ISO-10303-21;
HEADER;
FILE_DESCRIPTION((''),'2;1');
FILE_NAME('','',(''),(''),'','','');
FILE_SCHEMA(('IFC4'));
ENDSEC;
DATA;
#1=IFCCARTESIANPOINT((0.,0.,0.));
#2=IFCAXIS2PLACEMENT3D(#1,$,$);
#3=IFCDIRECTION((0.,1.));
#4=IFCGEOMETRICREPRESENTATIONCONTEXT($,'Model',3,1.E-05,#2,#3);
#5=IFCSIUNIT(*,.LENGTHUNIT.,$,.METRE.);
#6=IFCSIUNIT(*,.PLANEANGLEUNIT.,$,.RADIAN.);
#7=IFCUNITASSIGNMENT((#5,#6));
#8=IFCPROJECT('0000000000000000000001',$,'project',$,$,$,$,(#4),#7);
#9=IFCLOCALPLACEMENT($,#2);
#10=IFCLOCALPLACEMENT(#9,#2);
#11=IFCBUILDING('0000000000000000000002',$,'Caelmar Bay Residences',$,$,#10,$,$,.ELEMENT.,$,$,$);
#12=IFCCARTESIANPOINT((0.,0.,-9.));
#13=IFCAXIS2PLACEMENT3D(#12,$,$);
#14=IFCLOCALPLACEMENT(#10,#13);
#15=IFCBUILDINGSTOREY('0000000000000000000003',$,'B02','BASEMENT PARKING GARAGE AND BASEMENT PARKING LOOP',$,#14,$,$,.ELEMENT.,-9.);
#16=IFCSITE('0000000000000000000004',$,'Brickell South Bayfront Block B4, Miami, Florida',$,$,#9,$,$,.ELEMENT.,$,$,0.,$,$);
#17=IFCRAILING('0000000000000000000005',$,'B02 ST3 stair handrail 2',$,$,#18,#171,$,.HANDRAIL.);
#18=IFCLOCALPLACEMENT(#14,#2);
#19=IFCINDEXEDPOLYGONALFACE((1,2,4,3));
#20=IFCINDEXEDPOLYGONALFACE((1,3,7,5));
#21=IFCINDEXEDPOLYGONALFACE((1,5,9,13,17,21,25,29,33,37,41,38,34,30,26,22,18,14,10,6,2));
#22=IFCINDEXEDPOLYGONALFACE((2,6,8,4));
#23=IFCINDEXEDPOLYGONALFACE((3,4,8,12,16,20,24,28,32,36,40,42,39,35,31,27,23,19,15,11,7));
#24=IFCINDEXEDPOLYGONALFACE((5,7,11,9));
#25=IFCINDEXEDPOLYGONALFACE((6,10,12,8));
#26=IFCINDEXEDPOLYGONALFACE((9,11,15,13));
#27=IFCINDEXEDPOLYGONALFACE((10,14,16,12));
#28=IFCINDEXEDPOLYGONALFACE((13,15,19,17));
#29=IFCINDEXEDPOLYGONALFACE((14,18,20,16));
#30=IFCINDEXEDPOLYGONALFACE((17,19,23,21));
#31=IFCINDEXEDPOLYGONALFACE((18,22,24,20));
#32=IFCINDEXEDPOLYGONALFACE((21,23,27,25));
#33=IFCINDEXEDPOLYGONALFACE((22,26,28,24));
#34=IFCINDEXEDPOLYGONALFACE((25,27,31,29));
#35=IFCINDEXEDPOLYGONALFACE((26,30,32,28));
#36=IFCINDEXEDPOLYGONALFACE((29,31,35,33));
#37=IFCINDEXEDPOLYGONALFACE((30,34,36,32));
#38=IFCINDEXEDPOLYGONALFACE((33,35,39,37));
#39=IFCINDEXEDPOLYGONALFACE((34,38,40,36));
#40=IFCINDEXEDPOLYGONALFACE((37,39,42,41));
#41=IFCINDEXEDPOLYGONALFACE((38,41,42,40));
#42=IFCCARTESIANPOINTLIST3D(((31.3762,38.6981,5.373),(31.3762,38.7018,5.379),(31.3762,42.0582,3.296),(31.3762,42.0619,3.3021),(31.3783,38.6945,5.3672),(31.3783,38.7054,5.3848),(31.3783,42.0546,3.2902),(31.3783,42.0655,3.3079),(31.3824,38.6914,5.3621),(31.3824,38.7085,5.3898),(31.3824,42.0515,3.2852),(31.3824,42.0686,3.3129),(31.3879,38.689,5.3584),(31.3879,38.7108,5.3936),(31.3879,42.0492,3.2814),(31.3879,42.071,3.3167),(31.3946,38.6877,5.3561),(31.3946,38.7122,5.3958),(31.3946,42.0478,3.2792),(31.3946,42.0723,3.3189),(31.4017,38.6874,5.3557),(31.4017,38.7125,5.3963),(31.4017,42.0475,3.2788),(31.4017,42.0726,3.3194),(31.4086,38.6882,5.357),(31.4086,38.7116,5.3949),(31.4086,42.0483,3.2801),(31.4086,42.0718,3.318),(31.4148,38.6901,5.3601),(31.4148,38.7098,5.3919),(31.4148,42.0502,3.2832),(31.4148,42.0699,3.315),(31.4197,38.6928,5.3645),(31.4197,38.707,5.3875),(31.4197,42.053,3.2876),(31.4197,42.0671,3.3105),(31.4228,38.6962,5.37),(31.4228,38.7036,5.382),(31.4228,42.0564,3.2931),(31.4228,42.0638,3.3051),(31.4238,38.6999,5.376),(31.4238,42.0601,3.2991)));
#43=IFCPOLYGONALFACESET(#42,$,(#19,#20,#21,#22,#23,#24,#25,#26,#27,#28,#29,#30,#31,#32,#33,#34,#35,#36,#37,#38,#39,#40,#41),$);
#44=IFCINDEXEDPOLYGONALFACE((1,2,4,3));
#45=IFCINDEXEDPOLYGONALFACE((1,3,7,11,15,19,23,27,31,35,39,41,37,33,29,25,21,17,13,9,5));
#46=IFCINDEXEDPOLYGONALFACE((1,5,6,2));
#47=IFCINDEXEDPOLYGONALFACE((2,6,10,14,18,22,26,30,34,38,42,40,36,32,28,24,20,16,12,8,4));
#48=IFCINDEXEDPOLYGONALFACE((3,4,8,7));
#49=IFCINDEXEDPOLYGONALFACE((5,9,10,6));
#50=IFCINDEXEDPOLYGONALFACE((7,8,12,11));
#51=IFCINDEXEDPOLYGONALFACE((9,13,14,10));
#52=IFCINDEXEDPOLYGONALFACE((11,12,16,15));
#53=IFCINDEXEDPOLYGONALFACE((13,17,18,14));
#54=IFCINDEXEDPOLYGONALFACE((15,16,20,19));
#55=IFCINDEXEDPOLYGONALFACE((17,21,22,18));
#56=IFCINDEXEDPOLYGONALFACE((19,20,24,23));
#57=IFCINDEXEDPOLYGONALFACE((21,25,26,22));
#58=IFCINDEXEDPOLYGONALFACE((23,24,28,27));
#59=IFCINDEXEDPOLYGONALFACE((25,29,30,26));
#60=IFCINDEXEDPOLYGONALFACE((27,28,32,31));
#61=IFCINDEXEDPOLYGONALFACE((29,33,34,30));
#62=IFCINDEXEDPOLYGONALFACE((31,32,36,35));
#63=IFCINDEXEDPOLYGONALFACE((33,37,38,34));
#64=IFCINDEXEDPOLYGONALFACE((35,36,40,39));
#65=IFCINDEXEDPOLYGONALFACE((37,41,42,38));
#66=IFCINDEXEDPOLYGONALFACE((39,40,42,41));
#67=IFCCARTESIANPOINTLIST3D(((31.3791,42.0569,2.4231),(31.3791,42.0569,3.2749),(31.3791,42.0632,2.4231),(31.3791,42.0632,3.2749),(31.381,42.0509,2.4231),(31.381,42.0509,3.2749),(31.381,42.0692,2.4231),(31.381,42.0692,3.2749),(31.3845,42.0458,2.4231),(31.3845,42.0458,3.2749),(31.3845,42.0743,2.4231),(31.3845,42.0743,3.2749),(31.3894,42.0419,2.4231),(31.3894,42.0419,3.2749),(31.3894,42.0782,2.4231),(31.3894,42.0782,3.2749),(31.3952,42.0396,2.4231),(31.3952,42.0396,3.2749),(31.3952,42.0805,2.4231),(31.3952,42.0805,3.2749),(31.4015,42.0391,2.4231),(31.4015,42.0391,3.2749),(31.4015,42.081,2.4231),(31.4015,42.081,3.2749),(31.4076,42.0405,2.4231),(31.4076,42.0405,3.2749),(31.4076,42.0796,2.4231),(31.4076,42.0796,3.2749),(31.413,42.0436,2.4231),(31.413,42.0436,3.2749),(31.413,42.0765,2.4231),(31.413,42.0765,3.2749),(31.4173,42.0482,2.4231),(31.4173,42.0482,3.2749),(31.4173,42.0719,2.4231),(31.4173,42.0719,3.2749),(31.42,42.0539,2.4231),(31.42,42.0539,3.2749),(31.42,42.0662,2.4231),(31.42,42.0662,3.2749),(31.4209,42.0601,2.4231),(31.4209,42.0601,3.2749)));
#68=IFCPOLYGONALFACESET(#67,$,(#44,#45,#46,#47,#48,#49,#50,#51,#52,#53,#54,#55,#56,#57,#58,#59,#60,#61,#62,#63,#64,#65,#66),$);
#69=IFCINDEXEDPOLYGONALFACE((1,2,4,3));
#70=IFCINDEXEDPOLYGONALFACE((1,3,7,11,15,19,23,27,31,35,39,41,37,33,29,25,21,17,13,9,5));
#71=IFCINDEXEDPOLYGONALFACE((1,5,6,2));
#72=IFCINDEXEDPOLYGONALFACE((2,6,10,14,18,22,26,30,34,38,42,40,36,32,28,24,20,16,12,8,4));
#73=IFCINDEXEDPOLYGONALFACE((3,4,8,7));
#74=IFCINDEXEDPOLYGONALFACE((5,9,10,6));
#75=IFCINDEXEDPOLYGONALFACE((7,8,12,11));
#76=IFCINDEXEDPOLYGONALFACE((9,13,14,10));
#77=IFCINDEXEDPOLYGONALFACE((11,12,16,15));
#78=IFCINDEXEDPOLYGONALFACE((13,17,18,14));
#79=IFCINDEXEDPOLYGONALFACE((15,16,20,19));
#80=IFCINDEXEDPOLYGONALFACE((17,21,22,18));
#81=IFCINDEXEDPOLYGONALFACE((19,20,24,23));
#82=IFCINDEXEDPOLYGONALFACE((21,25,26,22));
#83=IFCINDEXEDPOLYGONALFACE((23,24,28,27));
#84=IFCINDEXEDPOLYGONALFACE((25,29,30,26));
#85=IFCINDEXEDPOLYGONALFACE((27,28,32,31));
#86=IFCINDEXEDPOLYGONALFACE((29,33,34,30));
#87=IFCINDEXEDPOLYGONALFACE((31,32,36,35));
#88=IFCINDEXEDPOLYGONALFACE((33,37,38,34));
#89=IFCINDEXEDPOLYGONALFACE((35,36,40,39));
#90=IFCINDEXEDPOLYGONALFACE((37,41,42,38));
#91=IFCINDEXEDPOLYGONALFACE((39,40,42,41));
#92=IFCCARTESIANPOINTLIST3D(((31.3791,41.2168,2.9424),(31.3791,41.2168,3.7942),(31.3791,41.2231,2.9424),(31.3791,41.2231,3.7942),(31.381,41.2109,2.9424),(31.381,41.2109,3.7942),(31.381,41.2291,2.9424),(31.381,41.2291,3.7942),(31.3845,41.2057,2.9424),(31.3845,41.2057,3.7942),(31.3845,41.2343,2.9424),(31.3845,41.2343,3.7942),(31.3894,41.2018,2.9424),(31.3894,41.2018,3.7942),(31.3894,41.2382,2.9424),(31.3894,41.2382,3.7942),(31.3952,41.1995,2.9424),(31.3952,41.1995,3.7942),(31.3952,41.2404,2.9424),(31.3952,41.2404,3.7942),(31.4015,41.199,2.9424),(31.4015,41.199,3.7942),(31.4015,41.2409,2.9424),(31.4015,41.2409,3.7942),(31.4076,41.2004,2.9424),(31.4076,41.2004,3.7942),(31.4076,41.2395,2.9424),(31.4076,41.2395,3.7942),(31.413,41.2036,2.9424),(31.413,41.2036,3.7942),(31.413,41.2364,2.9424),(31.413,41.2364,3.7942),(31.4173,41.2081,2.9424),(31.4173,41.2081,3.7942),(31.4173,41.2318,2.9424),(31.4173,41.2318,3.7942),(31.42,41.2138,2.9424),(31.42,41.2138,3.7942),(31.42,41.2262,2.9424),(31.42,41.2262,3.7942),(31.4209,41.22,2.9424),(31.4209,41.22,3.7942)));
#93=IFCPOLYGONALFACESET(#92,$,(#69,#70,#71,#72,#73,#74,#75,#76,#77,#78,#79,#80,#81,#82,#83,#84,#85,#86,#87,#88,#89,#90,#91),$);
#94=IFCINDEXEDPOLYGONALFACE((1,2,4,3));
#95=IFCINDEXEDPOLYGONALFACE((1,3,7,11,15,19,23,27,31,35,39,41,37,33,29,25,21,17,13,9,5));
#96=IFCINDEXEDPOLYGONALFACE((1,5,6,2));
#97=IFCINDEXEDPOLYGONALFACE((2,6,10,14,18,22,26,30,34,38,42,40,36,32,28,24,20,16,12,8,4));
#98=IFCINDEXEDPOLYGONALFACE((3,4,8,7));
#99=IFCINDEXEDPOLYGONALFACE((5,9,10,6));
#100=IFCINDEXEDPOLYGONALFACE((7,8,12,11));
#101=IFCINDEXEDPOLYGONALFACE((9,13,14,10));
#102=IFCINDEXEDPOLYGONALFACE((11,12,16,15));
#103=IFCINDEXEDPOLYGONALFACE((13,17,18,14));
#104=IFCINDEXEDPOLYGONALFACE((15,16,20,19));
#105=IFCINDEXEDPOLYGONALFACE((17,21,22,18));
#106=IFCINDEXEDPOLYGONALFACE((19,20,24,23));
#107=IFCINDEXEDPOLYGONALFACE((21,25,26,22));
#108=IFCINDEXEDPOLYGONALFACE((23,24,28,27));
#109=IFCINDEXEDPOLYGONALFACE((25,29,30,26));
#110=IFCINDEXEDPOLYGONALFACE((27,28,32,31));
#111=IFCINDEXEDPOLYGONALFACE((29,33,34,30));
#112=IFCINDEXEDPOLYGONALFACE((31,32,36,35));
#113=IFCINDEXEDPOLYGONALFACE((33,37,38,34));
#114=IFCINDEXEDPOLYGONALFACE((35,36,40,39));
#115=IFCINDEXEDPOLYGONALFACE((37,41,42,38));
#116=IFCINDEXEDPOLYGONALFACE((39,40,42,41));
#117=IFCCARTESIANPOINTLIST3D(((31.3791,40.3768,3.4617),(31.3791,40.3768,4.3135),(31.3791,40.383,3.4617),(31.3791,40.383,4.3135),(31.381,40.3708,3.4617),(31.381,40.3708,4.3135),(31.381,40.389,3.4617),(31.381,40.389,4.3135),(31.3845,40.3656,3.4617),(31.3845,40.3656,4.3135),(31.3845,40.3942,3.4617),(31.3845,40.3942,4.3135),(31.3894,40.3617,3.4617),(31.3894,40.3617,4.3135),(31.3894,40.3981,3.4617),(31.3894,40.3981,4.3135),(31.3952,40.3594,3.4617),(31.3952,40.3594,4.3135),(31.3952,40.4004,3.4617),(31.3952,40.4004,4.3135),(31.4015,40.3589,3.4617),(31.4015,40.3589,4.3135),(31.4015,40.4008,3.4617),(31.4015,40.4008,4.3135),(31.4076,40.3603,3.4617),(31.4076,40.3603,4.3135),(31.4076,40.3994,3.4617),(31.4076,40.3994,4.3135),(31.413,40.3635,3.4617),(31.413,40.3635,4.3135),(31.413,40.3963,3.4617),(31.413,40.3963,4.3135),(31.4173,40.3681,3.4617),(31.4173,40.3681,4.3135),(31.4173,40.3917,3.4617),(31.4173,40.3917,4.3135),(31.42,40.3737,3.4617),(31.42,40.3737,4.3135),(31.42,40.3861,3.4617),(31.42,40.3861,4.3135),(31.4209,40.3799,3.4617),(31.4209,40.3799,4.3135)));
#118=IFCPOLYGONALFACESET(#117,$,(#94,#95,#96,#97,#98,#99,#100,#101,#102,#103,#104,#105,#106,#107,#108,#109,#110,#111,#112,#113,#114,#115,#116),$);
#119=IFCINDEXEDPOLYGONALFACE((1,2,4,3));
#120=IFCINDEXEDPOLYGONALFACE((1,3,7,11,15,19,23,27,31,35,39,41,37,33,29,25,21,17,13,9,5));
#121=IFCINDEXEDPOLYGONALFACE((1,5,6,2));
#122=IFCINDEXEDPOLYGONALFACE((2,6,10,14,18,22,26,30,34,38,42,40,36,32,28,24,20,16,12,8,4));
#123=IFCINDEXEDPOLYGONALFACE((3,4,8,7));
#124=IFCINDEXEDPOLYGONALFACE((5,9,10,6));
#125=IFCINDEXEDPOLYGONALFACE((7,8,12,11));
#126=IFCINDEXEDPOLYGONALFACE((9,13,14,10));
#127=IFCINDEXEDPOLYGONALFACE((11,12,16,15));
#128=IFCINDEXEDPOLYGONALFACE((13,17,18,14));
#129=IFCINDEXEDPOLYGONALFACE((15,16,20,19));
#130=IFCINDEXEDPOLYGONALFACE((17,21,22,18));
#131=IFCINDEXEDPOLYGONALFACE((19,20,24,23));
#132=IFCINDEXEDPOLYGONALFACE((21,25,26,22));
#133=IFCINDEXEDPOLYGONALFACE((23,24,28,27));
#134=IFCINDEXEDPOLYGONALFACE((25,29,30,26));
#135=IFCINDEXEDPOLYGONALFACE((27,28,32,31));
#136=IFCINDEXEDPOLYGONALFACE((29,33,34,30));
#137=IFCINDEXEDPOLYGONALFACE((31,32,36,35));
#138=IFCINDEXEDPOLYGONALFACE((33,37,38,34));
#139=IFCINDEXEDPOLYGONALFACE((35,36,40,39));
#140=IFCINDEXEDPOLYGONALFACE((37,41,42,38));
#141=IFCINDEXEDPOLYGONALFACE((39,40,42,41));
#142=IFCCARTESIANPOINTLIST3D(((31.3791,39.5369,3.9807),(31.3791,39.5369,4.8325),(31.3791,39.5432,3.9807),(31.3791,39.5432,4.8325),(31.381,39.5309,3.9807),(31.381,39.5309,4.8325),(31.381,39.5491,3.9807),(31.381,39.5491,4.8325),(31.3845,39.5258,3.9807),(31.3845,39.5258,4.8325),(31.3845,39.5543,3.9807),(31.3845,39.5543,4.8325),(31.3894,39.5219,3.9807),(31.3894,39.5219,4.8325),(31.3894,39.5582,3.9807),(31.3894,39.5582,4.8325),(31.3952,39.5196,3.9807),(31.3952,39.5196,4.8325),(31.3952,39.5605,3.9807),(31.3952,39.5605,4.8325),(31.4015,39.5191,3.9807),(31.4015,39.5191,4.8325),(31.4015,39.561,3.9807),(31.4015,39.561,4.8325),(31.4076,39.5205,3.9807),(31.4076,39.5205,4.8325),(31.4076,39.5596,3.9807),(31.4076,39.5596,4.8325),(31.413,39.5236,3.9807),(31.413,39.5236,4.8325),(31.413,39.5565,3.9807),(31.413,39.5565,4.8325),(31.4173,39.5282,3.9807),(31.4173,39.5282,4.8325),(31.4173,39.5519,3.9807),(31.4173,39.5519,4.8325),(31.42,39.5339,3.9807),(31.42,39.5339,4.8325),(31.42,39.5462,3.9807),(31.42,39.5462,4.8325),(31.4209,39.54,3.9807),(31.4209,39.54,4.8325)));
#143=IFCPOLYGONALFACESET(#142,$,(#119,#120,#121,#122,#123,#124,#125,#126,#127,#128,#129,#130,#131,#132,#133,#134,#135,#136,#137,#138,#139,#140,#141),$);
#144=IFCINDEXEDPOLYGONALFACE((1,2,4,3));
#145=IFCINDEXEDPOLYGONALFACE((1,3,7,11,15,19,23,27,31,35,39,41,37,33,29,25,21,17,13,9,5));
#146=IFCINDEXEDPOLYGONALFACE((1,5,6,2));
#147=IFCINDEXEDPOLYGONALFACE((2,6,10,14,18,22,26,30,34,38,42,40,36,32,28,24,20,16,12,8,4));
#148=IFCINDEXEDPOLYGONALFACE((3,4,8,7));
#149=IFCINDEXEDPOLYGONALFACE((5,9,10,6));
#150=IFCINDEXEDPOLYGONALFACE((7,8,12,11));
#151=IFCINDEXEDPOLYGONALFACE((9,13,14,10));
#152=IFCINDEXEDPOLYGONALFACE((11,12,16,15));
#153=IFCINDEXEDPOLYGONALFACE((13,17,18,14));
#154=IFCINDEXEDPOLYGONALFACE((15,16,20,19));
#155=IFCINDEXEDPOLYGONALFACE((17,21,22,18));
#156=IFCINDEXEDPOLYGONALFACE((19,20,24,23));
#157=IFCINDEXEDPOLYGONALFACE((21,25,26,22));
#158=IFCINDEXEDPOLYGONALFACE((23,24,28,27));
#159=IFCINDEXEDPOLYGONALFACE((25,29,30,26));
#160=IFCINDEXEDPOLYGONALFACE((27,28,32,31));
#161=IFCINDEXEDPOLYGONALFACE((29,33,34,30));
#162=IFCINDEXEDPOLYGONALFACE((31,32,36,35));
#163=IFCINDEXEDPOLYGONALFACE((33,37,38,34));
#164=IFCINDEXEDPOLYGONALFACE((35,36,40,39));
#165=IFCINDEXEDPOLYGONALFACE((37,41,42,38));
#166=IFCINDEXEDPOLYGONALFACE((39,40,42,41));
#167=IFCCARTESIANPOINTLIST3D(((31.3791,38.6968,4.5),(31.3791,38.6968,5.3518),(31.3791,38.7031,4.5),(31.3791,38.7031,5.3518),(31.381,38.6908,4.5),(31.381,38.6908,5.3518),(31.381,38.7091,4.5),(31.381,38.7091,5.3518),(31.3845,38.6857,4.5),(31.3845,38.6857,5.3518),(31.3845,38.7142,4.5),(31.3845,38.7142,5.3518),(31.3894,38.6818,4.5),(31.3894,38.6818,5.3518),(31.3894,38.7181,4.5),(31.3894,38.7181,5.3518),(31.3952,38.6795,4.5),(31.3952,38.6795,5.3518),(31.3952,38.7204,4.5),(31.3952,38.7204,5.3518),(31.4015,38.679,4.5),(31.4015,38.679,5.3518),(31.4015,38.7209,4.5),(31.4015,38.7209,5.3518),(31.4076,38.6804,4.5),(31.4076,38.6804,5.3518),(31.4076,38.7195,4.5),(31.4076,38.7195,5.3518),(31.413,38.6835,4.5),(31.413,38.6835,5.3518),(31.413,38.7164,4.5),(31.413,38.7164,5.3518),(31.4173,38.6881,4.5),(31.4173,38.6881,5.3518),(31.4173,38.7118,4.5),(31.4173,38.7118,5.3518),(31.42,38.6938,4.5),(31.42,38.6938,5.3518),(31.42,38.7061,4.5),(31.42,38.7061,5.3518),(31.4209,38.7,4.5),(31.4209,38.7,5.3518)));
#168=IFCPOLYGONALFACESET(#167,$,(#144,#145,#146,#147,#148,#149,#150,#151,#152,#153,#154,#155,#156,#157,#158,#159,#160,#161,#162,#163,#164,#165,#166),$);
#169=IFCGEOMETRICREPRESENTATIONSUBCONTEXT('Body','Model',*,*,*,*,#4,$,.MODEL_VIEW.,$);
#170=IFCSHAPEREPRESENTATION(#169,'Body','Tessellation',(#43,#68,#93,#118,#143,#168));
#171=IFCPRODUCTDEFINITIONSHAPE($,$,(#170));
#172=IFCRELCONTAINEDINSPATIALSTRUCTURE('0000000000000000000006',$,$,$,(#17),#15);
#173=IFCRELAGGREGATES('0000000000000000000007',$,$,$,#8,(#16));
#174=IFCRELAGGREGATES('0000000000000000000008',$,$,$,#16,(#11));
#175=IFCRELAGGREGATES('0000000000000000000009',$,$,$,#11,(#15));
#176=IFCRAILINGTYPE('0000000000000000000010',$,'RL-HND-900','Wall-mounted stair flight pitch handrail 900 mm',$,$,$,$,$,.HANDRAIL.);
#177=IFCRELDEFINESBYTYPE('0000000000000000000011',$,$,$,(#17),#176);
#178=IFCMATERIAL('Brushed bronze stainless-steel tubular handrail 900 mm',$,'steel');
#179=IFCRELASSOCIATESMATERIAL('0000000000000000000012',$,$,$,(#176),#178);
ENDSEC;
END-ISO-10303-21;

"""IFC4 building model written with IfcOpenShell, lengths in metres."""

from ifc_helpers import new_model, si_unit, direction, frame, origin, origin_2d, place, context, subcontext, project, spatial, circle, extrude, material, type_object, element, save


model = new_model("IFC4")

# Units and contexts
model_context = context("Model", 3, precision=1e-05, world=origin(), true_north=direction((0.0, 1.0)))
body_context = subcontext(model_context, "Body", "Model", "MODEL_VIEW")
ifc_project = project(units=[si_unit("LENGTHUNIT", "METRE"), si_unit("PLANEANGLEUNIT", "RADIAN")], contexts=[model_context])

# Site, building, storey
site_placement = place(None, origin())
site = spatial("IfcSite", under=ifc_project, at=site_placement, Name="Brickell South Bayfront Block B4, Miami, Florida", CompositionType="ELEMENT", RefElevation=0.0)
building_placement = place(site_placement, origin())
building = spatial("IfcBuilding", under=site, at=building_placement, Name="Caelmar Bay Residences", CompositionType="ELEMENT")
storey_placement = place(building_placement, frame((0.0, 0.0, -9.0)))
storey = spatial("IfcBuildingStorey", under=building, at=storey_placement, Name="B02", Description="BASEMENT PARKING GARAGE AND BASEMENT PARKING LOOP", CompositionType="ELEMENT", Elevation=-9.0)

# Railing
ifc_material_1 = material(Name="Brushed bronze stainless-steel tubular handrail 900 mm", Category="steel")
railing_type_1 = type_object("IfcRailingType", Name="RL-HND-900", Description="Wall-mounted stair flight pitch handrail 900 mm", PredefinedType="HANDRAIL", material=ifc_material_1)
railing_1_placement = place(storey_placement, frame((31.3999, 42.0601, 2.4231)))
element("IfcRailing", 1, at=railing_1_placement, inside=storey, type_object=railing_type_1, Name="B02 ST3 stair handrail 2", PredefinedType="HANDRAIL", context=body_context, shape_type="SweptSolid", body=[
    extrude(circle(Radius=0.0239, at=origin_2d()), frame((0.0, 0.0, 0.876), z_axis=(0.0, -0.850623, 0.525776), x_axis=(1.0, 0.0, 0.0)), (0.0, 0.0, 1.0), 3.9502),
    extrude(circle(Radius=0.021, at=origin_2d()), origin(), (0.0, 0.0, 1.0), 0.8518),
    extrude(circle(Radius=0.021, at=origin_2d()), frame((0.0, -0.8401, 0.5193)), (0.0, 0.0, 1.0), 0.8518),
    extrude(circle(Radius=0.021, at=origin_2d()), frame((0.0, -1.6802, 1.0386)), (0.0, 0.0, 1.0), 0.8518),
    extrude(circle(Radius=0.021, at=origin_2d()), frame((0.0, -2.52, 1.5576)), (0.0, 0.0, 1.0), 0.8518),
    extrude(circle(Radius=0.021, at=origin_2d()), frame((0.0, -3.3601, 2.0769)), (0.0, 0.0, 1.0), 0.8518),
])

save(model, "model.ifc")
